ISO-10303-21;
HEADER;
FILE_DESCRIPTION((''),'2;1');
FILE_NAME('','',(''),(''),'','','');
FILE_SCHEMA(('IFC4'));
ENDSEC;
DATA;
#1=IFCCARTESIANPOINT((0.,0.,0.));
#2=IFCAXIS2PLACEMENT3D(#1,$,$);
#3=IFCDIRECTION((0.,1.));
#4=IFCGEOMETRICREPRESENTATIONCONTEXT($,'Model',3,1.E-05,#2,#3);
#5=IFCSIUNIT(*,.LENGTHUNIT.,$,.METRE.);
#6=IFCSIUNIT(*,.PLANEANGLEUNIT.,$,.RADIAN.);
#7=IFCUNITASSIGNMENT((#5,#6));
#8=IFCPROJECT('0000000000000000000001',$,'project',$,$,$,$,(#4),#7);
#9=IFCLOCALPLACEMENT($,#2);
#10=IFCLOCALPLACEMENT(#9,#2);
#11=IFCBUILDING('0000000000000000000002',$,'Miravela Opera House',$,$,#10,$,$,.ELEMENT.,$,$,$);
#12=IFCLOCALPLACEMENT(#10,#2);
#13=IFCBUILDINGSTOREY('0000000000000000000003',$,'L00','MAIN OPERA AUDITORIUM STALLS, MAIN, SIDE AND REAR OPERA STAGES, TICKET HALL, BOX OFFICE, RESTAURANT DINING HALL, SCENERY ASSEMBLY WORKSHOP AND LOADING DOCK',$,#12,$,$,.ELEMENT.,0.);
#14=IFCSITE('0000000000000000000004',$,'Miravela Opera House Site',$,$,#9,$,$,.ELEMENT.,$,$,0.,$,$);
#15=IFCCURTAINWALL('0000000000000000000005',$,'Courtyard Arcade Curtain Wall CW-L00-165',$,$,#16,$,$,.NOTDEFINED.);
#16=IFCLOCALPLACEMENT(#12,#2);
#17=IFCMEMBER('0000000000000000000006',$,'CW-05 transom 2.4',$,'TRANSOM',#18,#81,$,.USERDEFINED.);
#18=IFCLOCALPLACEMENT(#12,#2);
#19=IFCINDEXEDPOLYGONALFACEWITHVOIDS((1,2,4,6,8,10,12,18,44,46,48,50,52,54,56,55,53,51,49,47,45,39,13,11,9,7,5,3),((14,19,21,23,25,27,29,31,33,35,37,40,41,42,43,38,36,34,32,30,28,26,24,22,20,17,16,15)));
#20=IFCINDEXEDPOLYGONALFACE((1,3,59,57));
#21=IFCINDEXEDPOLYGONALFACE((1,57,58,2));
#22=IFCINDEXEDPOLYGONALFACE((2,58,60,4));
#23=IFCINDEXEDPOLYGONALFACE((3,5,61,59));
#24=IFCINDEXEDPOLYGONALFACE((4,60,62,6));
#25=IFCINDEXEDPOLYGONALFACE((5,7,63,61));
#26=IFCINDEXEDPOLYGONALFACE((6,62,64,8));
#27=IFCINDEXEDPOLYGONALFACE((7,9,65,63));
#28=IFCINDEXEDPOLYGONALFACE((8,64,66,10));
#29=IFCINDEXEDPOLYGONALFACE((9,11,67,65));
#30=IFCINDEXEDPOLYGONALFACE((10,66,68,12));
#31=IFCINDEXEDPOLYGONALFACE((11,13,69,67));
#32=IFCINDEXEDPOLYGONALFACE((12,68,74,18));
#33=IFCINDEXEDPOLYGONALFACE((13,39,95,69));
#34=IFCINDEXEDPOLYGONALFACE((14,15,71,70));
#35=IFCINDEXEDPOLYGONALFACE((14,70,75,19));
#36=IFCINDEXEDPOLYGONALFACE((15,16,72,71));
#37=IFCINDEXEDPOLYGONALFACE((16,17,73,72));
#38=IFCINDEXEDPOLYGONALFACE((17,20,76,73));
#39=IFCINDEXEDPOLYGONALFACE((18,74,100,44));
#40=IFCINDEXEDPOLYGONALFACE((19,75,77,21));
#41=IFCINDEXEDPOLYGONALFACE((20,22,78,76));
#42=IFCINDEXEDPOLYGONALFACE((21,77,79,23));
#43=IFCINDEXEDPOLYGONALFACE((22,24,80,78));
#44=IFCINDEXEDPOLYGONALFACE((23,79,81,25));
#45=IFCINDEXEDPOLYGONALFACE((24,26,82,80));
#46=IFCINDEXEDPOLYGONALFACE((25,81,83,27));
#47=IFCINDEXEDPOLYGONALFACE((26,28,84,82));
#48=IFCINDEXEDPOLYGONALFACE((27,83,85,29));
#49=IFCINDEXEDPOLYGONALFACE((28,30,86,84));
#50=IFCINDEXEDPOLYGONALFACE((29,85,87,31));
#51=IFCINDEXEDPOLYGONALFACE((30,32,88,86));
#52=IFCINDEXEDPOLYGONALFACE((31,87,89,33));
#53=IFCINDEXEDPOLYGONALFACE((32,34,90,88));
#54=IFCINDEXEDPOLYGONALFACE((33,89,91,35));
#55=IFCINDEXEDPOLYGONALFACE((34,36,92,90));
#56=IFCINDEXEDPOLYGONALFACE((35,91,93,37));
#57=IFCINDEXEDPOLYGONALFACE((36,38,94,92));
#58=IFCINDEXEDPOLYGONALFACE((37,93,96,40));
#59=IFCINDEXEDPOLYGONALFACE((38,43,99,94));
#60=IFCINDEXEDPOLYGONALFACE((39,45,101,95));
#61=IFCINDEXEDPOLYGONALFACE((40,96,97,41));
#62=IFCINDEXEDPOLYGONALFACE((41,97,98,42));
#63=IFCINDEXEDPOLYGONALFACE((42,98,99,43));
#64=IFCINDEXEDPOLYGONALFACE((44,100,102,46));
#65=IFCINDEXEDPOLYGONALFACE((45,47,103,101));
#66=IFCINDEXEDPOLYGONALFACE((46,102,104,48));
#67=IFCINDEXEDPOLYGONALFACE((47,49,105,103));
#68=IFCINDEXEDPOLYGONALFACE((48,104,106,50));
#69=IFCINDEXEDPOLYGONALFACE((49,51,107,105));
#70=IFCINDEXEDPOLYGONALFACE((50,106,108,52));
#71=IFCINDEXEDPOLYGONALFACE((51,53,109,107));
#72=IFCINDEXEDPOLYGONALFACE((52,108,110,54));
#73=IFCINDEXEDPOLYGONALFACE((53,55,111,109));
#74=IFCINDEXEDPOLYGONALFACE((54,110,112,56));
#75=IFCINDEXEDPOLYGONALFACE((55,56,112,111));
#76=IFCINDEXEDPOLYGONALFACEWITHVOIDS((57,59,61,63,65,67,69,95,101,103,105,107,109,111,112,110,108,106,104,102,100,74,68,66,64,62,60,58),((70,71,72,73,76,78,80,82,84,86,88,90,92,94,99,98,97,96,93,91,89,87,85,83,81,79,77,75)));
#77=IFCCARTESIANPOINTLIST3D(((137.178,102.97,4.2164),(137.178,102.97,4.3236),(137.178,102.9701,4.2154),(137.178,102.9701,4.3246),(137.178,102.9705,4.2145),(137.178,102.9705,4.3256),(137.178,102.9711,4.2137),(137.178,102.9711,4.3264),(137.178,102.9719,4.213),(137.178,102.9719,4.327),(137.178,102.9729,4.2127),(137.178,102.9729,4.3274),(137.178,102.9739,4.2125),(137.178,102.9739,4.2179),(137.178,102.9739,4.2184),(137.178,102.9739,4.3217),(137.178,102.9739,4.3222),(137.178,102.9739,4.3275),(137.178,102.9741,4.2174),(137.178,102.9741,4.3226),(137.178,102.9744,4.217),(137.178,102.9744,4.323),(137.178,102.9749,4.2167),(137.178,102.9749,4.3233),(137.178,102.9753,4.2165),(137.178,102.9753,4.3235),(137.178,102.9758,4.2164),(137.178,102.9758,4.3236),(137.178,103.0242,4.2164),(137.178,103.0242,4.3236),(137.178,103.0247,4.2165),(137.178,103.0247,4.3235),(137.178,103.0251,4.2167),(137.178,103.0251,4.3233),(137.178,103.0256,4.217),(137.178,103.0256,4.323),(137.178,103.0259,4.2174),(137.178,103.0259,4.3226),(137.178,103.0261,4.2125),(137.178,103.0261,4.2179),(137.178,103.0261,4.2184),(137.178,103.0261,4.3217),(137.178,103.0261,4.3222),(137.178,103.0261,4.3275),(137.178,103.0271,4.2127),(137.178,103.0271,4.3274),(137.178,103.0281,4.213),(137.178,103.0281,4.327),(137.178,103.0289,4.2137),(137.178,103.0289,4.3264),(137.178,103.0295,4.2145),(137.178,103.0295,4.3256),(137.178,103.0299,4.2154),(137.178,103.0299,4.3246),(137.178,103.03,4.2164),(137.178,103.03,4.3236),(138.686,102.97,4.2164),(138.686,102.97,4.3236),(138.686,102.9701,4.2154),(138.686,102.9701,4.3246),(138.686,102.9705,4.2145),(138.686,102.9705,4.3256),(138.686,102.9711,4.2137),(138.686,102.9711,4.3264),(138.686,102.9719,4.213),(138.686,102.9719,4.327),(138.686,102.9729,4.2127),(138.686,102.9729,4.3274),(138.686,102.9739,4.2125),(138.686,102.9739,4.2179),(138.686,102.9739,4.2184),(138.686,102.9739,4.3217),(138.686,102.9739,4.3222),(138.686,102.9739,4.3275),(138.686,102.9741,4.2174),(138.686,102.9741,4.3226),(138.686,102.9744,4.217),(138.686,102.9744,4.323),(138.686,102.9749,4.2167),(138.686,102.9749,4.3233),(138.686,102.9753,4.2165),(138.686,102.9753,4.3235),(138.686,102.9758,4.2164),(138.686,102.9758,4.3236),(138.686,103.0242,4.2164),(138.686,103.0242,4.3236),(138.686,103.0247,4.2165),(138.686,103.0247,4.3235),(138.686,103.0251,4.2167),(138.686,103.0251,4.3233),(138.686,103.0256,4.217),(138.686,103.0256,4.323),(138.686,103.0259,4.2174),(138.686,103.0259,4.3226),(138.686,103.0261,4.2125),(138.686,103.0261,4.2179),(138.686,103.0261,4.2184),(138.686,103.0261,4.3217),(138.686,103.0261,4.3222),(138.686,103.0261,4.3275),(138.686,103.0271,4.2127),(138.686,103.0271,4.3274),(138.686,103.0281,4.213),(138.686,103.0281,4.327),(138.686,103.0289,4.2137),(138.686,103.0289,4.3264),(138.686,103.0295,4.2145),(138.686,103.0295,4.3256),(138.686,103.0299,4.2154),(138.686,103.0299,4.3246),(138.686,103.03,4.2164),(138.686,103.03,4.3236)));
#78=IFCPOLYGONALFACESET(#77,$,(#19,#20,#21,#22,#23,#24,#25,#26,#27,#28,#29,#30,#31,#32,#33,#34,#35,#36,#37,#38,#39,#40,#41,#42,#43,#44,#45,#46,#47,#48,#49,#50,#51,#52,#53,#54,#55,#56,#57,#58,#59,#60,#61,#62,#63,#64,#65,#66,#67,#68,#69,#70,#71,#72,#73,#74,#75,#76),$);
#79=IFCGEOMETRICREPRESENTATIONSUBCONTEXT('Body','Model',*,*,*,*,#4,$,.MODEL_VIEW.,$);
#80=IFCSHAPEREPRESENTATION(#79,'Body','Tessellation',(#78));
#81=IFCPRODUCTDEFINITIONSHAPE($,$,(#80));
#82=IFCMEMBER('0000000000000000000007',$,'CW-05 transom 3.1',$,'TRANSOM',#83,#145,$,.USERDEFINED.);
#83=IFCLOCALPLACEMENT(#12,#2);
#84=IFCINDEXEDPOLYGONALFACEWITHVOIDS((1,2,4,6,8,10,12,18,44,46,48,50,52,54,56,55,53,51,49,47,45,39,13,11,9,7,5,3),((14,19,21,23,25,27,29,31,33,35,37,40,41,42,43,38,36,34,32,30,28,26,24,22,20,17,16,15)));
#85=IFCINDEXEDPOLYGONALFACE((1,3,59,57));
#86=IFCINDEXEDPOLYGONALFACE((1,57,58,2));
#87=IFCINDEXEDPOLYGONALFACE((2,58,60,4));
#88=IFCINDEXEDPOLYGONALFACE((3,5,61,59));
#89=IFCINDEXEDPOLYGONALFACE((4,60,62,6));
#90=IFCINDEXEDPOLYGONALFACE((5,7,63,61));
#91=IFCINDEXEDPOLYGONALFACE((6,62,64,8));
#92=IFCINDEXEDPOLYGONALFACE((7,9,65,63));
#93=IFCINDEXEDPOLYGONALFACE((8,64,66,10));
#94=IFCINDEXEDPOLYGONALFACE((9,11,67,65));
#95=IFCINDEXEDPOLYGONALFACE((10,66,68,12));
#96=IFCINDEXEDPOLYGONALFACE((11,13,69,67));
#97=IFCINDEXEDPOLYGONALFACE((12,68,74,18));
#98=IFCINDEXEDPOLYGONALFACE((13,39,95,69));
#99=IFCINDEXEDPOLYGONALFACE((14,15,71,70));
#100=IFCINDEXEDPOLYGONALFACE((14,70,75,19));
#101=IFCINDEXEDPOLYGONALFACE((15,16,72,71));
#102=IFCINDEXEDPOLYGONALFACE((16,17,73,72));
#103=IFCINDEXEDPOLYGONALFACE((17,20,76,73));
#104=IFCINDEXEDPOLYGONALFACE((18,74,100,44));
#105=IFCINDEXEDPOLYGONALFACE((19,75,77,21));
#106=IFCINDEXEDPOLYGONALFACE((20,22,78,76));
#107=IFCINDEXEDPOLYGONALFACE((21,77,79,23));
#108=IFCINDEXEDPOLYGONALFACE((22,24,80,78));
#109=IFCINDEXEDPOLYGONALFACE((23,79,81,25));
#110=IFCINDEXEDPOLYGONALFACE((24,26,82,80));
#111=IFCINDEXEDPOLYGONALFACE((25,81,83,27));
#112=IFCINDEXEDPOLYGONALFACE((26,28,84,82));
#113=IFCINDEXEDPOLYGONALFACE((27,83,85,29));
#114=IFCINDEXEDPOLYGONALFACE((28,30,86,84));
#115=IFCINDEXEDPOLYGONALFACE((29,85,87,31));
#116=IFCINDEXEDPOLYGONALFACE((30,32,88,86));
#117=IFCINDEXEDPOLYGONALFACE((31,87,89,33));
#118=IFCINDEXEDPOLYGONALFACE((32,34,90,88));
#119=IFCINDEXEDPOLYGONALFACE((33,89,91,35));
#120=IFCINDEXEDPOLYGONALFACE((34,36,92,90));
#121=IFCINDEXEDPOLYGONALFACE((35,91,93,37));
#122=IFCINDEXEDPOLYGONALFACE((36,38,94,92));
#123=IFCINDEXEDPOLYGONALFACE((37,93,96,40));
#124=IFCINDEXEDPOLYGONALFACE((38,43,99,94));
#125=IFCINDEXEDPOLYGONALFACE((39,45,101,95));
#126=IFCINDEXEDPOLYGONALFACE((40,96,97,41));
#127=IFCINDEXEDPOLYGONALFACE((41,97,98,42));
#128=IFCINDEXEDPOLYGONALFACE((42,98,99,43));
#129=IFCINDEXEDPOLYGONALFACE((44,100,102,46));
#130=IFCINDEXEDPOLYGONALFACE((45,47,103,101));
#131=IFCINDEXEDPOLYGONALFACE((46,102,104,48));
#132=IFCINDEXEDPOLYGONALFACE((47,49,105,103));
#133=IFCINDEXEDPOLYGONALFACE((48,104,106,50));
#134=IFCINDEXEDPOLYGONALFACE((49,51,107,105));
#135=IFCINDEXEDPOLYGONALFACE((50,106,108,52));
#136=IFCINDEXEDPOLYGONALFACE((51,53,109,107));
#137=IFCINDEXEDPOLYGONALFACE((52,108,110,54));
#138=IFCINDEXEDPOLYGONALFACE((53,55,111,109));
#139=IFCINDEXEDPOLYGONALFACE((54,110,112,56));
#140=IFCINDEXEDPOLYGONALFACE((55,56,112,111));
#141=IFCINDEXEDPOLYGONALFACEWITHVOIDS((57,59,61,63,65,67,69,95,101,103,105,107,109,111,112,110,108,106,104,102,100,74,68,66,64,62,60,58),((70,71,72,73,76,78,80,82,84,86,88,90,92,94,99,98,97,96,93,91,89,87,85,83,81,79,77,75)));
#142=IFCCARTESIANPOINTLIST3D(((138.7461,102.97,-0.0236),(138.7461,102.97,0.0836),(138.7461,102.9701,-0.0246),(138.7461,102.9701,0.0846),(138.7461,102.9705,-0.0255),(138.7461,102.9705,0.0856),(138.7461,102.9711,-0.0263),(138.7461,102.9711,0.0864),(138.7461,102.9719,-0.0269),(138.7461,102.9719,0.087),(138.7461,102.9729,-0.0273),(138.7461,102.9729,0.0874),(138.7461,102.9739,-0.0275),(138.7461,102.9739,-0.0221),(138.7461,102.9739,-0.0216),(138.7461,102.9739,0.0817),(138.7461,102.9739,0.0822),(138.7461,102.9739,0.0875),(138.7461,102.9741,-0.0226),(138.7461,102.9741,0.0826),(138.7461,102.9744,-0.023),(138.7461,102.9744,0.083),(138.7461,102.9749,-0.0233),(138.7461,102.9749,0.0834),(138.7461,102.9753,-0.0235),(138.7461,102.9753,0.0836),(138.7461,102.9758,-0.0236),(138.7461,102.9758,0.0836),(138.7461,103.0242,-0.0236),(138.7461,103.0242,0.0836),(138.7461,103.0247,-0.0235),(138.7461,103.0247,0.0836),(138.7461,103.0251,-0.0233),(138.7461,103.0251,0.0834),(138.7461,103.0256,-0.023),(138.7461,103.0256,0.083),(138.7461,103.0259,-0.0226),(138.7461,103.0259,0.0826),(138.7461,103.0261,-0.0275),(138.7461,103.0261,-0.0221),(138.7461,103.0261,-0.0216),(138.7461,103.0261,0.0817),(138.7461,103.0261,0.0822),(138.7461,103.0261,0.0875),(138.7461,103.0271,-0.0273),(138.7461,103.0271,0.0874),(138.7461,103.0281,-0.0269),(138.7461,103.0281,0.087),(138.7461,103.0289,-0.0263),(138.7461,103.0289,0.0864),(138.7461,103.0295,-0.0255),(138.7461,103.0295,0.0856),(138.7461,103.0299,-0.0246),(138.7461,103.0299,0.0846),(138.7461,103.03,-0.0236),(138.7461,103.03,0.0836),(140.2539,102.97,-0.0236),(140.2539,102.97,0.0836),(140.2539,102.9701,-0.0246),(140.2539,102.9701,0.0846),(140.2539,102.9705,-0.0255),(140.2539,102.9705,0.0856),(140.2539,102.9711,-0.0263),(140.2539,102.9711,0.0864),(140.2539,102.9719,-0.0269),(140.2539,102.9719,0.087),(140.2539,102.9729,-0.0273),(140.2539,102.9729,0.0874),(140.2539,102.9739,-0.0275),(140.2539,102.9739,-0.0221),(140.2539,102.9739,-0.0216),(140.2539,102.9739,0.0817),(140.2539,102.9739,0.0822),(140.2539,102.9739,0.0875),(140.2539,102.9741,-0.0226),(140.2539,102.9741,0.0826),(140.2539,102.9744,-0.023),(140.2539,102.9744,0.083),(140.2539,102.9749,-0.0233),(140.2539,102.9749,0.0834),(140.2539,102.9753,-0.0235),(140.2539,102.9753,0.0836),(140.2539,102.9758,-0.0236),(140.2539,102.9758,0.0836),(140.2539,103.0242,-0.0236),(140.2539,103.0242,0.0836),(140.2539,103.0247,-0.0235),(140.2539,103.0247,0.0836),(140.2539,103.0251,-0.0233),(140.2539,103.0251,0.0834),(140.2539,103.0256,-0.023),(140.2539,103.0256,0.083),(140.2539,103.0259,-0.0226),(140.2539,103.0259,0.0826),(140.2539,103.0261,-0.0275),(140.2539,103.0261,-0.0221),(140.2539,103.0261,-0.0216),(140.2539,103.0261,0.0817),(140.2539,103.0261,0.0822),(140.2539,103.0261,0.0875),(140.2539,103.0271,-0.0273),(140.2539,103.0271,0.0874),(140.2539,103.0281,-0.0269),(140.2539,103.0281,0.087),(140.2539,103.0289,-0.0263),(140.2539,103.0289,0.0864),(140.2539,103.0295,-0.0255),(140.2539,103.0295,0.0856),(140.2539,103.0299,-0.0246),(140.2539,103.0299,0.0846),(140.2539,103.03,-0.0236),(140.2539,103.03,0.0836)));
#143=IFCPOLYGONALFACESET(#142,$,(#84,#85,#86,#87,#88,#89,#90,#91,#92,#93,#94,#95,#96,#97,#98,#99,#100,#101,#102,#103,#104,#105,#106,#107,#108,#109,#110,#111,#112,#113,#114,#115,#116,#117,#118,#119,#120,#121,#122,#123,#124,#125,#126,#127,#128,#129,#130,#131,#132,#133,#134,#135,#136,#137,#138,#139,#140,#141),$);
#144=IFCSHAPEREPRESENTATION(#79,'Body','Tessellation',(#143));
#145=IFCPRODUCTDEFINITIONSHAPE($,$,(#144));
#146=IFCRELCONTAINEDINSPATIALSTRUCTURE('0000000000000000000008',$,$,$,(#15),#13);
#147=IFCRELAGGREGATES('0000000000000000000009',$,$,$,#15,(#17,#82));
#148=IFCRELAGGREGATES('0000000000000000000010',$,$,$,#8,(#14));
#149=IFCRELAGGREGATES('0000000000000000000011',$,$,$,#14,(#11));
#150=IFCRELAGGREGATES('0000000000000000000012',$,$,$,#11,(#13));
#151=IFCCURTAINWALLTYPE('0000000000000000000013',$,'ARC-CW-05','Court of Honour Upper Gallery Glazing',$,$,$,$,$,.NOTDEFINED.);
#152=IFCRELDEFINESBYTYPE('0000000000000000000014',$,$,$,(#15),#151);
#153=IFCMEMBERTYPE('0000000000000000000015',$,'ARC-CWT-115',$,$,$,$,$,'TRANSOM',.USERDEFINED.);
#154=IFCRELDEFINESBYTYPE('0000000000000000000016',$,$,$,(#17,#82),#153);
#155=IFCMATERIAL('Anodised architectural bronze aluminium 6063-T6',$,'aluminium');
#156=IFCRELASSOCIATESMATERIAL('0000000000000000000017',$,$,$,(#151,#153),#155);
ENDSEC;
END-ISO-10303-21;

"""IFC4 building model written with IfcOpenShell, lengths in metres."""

from ifc_helpers import new_model, si_unit, direction, frame, origin, origin_2d, place, context, subcontext, project, spatial, hollow_rectangle, extrude, material, material_profile, profile_set, type_object, element, aggregate, save


model = new_model("IFC4")

# Units and contexts
model_context = context("Model", 3, precision=1e-05, world=origin(), true_north=direction((0.0, 1.0)))
body_context = subcontext(model_context, "Body", "Model", "MODEL_VIEW")
ifc_project = project(units=[si_unit("LENGTHUNIT", "METRE"), si_unit("PLANEANGLEUNIT", "RADIAN")], contexts=[model_context])

# Site, building, storey
site_placement = place(None, origin())
site = spatial("IfcSite", under=ifc_project, at=site_placement, Name="Miravela Opera House Site", CompositionType="ELEMENT", RefElevation=0.0)
building_placement = place(site_placement, origin())
building = spatial("IfcBuilding", under=site, at=building_placement, Name="Miravela Opera House", CompositionType="ELEMENT")
storey_placement = place(building_placement, origin())
storey = spatial("IfcBuildingStorey", under=building, at=storey_placement, Name="L00", Description="MAIN OPERA AUDITORIUM STALLS, MAIN, SIDE AND REAR OPERA STAGES, TICKET HALL, BOX OFFICE, RESTAURANT DINING HALL, SCENERY ASSEMBLY WORKSHOP AND LOADING DOCK", CompositionType="ELEMENT", Elevation=0.0)

# Curtain wall, members
ifc_material_1 = material(Name="Anodised architectural bronze aluminium 6063-T6", Category="aluminium")
curtain_wall_type = type_object("IfcCurtainWallType", Name="ARC-CW-05", Description="Court of Honour Upper Gallery Glazing", PredefinedType="NOTDEFINED", material=ifc_material_1)
curtain_wall_placement = place(storey_placement, origin())
curtain_wall = element("IfcCurtainWall", 1, at=curtain_wall_placement, inside=storey, type_object=curtain_wall_type, Name="Courtyard Arcade Curtain Wall CW-L00-165", PredefinedType="NOTDEFINED")
ifc_material_profile_1 = material_profile(ifc_material_1, hollow_rectangle(XDim=0.0601, YDim=0.115, WallThickness=0.0039, InnerFilletRadius=0.002, OuterFilletRadius=0.0039, at=origin_2d()), Name="CWT-60X115")
ifc_profile_set_1 = profile_set([ifc_material_profile_1])
member_type_1 = type_object("IfcMemberType", Name="ARC-CWT-115", ElementType="TRANSOM", PredefinedType="USERDEFINED", material=ifc_profile_set_1)
member_1_placement = place(storey_placement, frame((137.178, 103.0, 4.27), z_axis=(1.0, 0.0, 0.0), x_axis=(0.0, 1.0, 0.0)))
member_1 = element("IfcMember", 2, at=member_1_placement, type_object=member_type_1, Name="CW-05 transom 2.4", ObjectType="TRANSOM", PredefinedType="USERDEFINED", context=body_context, shape_type="SweptSolid", body=[
    extrude(hollow_rectangle(XDim=0.0601, YDim=0.115, WallThickness=0.0039, InnerFilletRadius=0.002, OuterFilletRadius=0.0039, at=origin_2d()), origin(), (0.0, 0.0, 1.0), 1.5081),
])
member_2_placement = place(storey_placement, frame((138.7461, 103.0, 0.03), z_axis=(1.0, 0.0, 0.0), x_axis=(0.0, 1.0, 0.0)))
member_2 = element("IfcMember", 3, at=member_2_placement, type_object=member_type_1, Name="CW-05 transom 3.1", ObjectType="TRANSOM", PredefinedType="USERDEFINED", context=body_context, shape_type="SweptSolid", body=[
    extrude(hollow_rectangle(XDim=0.0601, YDim=0.115, WallThickness=0.0039, InnerFilletRadius=0.002, OuterFilletRadius=0.0039, at=origin_2d()), origin(), (0.0, 0.0, 1.0), 1.5078),
])

aggregate(curtain_wall, [member_1, member_2])

save(model, "model.ifc")
